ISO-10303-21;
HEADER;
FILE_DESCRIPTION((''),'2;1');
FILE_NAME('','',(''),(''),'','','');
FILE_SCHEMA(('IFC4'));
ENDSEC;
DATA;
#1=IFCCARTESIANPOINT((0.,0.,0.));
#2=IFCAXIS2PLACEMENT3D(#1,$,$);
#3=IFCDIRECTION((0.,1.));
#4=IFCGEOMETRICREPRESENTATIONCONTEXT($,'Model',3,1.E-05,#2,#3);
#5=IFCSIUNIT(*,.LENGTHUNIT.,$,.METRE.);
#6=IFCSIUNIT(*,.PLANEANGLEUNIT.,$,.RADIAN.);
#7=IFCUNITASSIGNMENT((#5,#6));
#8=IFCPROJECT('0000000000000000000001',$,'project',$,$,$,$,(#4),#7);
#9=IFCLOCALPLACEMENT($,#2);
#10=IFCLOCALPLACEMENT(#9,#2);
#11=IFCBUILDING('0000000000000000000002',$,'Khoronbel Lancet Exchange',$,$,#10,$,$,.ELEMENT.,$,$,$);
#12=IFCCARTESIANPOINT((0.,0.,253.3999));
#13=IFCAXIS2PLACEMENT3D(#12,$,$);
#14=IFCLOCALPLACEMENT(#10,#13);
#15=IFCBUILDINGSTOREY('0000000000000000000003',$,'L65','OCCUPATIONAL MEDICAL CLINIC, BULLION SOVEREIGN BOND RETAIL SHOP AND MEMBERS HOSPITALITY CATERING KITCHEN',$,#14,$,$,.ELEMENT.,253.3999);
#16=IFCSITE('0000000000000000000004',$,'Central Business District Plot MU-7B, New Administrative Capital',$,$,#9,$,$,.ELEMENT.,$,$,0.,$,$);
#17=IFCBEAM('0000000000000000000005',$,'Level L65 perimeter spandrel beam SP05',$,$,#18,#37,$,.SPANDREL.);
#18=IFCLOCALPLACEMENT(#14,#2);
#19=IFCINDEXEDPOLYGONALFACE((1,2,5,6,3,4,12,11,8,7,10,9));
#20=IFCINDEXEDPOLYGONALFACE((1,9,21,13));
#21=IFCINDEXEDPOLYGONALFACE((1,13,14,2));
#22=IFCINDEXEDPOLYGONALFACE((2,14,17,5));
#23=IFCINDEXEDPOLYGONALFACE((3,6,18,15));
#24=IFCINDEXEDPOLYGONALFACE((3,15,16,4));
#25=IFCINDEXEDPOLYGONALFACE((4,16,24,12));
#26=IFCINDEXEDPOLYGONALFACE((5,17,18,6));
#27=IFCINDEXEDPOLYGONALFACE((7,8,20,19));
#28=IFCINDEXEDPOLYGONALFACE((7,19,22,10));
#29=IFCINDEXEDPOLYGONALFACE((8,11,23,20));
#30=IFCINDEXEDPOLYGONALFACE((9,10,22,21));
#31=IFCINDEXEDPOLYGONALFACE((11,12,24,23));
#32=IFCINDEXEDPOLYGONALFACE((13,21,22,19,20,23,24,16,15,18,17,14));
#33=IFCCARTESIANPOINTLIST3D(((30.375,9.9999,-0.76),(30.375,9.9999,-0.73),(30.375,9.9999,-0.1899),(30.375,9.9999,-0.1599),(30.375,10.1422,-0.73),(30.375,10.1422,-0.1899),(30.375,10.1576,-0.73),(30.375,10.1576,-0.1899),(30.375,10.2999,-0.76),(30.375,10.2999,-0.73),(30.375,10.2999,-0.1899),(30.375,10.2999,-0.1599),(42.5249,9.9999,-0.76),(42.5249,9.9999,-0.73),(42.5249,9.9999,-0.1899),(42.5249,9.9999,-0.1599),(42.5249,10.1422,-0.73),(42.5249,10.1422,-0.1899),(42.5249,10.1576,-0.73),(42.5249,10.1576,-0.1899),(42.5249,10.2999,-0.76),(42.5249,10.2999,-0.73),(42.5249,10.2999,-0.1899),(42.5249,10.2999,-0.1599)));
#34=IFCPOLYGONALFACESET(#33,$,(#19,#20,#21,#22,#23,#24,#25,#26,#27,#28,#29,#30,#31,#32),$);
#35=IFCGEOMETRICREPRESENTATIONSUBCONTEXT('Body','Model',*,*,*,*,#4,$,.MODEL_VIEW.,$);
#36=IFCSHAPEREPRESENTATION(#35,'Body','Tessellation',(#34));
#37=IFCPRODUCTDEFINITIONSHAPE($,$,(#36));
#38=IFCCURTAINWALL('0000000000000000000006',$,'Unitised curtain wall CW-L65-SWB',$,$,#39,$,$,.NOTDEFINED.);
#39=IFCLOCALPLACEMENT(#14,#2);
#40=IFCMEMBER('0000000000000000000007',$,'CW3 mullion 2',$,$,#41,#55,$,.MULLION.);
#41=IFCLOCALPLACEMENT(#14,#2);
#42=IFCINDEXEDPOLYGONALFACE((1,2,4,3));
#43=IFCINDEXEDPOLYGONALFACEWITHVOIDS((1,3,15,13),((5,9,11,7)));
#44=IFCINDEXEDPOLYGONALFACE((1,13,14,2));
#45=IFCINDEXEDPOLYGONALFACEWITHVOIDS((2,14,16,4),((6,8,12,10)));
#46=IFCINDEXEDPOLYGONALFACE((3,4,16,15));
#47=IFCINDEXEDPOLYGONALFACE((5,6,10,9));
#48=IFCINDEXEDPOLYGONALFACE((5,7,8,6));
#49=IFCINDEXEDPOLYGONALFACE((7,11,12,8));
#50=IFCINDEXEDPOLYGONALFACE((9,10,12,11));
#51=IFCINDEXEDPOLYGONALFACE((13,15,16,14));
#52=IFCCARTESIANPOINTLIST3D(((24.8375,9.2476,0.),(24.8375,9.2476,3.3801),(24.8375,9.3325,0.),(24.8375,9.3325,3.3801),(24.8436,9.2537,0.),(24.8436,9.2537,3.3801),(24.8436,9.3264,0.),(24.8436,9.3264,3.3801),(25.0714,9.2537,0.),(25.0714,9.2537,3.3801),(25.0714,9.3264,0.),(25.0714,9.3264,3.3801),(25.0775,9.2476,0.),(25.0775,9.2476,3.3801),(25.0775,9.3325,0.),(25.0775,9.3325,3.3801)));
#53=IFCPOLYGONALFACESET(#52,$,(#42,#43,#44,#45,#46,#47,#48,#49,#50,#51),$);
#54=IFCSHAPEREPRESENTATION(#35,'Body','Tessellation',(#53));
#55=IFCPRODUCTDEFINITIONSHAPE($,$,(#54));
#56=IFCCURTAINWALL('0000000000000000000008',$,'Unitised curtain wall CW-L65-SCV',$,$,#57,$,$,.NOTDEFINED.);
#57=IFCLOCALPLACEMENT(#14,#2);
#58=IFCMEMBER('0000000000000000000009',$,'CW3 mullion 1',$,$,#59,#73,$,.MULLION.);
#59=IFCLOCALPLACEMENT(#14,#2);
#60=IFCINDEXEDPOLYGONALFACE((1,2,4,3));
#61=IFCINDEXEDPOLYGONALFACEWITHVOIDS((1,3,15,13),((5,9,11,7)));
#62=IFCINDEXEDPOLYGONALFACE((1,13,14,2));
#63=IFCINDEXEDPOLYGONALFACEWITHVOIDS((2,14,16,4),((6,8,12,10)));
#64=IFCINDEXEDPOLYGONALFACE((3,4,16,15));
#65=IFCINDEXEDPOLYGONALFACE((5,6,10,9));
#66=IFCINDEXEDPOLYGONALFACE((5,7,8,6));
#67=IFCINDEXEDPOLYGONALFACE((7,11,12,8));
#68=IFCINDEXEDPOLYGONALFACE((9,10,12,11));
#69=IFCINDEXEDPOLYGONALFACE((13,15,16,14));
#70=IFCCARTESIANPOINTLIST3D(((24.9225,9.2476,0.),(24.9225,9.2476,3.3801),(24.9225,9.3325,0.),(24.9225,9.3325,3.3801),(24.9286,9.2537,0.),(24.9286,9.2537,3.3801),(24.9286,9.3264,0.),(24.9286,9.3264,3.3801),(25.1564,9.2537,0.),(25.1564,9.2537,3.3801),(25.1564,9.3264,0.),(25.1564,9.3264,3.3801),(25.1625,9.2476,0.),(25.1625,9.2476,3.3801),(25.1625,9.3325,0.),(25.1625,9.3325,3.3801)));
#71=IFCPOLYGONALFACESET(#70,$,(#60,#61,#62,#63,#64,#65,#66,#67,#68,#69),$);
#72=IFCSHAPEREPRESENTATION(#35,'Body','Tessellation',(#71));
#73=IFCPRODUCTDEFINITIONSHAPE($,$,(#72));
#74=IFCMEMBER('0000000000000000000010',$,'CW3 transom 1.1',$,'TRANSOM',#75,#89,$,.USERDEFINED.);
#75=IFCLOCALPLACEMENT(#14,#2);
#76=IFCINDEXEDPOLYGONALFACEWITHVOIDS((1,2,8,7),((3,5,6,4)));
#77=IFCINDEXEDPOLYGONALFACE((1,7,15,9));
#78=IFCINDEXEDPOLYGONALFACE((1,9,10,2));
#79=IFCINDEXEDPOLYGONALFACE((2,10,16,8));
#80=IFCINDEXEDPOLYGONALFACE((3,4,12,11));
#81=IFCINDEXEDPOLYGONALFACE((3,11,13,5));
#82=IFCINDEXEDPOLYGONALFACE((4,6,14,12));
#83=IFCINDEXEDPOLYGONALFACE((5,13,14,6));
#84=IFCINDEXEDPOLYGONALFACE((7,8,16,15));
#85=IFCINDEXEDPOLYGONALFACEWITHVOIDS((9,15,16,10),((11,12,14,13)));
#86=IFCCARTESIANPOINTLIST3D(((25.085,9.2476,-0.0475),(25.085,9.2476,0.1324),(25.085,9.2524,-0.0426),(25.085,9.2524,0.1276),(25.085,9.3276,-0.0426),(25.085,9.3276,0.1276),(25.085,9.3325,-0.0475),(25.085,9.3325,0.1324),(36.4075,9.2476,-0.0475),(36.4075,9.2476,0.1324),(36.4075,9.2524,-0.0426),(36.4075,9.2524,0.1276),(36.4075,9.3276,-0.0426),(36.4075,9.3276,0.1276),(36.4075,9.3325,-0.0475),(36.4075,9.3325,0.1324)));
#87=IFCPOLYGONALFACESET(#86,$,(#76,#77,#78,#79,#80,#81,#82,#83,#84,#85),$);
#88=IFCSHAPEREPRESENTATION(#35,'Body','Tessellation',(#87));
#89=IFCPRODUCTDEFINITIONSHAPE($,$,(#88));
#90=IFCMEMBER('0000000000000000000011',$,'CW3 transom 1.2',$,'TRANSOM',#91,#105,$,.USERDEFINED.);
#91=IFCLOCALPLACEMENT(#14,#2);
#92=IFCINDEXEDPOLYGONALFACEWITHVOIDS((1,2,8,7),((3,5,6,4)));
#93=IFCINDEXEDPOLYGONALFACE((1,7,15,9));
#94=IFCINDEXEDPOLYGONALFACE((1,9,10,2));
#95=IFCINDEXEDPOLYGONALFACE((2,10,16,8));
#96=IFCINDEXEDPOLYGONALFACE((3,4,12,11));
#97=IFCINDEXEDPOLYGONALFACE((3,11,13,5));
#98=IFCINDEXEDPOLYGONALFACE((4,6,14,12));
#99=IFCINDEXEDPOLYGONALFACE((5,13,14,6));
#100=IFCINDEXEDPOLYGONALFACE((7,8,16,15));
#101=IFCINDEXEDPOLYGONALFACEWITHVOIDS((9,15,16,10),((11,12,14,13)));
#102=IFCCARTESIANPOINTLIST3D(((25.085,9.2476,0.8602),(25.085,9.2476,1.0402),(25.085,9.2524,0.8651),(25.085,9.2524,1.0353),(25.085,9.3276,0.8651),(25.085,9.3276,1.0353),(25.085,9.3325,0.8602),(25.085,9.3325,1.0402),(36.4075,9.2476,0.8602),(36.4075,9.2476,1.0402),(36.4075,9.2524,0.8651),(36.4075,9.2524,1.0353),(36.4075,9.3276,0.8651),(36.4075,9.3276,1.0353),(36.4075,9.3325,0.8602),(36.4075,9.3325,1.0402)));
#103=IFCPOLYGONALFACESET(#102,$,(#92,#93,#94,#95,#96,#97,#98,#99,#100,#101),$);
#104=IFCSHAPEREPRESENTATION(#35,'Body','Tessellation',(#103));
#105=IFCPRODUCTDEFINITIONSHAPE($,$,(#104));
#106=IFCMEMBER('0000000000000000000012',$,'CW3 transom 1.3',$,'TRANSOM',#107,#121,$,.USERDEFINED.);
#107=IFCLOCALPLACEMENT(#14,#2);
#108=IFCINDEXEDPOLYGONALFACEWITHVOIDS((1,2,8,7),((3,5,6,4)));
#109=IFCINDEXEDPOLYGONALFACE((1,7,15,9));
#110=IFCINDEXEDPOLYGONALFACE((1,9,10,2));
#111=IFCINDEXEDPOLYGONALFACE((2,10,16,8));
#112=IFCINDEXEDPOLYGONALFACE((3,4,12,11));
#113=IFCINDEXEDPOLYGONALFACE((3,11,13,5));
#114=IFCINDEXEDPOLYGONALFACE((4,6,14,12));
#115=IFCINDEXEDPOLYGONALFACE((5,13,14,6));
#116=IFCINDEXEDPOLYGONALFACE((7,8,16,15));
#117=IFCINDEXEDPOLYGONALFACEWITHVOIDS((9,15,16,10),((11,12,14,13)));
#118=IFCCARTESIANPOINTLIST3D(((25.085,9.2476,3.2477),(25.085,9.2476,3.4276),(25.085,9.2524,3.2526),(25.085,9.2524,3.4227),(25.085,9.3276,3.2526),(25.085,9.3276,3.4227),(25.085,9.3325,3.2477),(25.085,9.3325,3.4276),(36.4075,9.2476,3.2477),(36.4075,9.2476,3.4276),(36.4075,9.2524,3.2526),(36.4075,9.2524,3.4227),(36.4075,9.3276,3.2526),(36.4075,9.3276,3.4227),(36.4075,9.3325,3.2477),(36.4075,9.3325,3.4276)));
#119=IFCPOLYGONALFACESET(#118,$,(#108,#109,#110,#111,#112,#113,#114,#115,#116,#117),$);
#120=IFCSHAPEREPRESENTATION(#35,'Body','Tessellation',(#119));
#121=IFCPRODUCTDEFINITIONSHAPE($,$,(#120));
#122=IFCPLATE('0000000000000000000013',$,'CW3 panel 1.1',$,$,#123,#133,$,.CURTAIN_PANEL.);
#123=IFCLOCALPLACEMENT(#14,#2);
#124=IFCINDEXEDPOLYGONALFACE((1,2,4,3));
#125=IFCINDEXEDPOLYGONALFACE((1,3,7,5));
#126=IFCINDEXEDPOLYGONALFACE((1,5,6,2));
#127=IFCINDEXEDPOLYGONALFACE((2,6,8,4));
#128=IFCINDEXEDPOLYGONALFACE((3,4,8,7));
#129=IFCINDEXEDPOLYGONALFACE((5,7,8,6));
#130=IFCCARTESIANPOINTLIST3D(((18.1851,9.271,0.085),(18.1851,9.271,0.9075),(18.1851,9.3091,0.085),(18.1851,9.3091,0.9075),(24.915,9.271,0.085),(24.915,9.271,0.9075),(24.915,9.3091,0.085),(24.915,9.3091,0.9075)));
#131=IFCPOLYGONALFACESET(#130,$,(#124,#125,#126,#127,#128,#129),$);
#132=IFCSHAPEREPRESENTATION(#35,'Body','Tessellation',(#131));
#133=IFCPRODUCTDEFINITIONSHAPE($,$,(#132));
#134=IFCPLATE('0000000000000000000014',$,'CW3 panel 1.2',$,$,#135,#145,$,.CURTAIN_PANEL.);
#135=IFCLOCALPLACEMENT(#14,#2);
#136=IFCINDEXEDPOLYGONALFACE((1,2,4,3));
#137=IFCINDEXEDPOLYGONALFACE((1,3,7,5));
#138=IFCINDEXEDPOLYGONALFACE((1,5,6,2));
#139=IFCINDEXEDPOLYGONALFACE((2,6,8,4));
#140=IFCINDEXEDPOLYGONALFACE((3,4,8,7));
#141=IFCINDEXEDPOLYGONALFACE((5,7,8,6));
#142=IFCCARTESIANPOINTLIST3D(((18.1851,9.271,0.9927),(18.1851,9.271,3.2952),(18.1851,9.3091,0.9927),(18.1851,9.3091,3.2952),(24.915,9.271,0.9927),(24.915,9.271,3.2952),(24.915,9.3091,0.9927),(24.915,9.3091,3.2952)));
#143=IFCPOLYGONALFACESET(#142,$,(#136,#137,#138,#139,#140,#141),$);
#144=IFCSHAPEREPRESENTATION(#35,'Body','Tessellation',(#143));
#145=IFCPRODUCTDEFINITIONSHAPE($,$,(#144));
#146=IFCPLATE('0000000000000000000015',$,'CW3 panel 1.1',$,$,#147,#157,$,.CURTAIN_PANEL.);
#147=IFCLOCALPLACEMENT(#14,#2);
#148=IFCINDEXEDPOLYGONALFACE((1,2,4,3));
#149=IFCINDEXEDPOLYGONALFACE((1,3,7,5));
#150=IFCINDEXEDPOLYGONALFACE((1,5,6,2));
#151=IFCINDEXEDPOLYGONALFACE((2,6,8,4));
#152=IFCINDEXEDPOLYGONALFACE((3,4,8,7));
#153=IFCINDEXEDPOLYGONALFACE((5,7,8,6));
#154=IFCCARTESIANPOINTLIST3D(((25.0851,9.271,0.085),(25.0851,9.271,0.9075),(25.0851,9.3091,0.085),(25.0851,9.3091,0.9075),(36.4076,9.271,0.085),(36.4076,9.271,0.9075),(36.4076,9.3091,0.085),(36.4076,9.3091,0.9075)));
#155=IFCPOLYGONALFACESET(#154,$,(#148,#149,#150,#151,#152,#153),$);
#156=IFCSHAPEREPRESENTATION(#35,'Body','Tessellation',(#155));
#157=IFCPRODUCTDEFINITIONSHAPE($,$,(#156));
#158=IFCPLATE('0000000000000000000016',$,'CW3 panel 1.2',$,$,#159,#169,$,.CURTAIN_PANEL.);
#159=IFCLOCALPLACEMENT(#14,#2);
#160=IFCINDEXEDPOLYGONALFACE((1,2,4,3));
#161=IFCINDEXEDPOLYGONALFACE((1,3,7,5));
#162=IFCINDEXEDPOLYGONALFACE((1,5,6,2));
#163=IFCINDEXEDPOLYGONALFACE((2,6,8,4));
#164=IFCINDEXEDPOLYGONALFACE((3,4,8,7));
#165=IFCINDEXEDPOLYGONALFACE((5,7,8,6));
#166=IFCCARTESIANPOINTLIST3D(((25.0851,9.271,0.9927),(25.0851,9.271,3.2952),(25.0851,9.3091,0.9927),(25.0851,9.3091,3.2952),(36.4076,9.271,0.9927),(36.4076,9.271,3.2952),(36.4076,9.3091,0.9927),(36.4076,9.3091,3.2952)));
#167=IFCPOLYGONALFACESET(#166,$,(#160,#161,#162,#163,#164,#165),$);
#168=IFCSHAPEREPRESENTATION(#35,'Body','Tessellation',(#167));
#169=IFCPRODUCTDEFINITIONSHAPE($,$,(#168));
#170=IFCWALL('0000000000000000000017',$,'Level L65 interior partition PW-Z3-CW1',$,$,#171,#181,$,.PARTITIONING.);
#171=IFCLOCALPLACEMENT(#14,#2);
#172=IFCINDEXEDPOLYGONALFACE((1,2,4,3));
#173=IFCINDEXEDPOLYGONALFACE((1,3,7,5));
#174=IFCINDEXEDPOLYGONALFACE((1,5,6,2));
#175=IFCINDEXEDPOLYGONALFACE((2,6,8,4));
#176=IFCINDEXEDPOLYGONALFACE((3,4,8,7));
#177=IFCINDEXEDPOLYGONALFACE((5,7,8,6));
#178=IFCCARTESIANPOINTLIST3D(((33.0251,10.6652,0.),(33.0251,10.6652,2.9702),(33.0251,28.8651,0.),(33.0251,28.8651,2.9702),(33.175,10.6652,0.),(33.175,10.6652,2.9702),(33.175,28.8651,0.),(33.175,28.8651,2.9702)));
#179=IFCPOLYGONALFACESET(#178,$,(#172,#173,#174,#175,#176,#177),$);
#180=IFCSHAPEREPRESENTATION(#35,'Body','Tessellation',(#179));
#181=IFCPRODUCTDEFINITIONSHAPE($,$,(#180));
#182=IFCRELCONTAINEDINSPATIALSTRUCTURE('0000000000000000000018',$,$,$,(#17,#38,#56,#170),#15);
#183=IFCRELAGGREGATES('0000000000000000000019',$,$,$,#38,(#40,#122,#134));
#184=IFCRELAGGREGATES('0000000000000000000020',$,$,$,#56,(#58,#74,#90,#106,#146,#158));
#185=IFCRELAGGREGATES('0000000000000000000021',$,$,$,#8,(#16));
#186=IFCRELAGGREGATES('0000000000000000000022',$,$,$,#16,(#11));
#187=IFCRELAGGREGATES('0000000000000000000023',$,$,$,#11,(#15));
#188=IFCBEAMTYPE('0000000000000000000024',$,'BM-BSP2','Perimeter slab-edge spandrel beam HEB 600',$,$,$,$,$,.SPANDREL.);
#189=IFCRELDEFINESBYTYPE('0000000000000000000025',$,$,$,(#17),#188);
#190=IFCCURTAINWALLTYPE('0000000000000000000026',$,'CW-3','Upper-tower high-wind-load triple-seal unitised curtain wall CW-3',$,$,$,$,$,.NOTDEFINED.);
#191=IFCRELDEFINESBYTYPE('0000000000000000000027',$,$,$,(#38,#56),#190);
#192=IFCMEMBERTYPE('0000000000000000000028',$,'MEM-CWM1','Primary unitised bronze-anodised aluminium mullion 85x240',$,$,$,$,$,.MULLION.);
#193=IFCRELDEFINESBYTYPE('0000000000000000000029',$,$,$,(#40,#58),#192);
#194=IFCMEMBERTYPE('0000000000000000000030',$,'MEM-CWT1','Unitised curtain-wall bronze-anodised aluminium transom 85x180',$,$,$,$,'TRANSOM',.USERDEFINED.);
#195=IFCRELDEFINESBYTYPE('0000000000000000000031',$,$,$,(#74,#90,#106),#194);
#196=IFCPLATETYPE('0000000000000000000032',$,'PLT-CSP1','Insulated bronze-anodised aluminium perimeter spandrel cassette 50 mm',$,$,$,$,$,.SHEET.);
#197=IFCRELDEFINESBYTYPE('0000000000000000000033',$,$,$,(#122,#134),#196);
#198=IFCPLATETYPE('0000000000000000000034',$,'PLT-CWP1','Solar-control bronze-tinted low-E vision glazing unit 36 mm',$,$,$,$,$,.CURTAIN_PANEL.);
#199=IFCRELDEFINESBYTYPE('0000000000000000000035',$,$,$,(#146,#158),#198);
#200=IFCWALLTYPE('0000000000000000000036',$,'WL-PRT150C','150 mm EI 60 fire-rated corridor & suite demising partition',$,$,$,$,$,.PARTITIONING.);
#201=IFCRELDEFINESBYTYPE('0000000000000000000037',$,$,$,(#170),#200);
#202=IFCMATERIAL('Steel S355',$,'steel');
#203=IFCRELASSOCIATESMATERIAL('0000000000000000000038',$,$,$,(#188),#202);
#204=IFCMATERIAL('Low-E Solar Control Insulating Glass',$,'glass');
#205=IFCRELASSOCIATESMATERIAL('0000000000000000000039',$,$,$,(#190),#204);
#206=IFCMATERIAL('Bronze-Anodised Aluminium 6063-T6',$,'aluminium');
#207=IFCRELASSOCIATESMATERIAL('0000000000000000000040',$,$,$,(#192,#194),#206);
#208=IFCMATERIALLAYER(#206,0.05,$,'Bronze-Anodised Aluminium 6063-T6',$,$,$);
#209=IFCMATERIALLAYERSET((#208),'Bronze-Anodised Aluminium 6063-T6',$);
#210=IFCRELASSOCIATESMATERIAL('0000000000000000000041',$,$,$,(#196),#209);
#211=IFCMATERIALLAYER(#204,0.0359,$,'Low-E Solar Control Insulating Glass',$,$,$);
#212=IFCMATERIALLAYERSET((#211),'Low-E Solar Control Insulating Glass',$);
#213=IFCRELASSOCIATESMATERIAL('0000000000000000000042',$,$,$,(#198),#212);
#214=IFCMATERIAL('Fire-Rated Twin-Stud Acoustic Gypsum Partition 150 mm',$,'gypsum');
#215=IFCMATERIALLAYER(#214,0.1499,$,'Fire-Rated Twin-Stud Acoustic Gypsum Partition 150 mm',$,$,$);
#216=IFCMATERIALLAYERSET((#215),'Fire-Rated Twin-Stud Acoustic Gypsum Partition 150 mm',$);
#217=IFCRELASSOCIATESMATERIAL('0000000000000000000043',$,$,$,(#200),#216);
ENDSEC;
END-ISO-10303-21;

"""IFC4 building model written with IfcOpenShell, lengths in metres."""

from ifc_helpers import new_model, si_unit, direction, frame, frame_2d, origin, origin_2d, place, context, subcontext, project, spatial, rectangle, hollow_rectangle, i_section, extrude, material, layer, layer_set, material_profile, profile_set, type_object, element, aggregate, save


model = new_model("IFC4")

# Units and contexts
model_context = context("Model", 3, precision=1e-05, world=origin(), true_north=direction((0.0, 1.0)))
body_context = subcontext(model_context, "Body", "Model", "MODEL_VIEW")
ifc_project = project(units=[si_unit("LENGTHUNIT", "METRE"), si_unit("PLANEANGLEUNIT", "RADIAN")], contexts=[model_context])

# Site, building, storey
site_placement = place(None, origin())
site = spatial("IfcSite", under=ifc_project, at=site_placement, Name="Central Business District Plot MU-7B, New Administrative Capital", CompositionType="ELEMENT", RefElevation=0.0)
building_placement = place(site_placement, origin())
building = spatial("IfcBuilding", under=site, at=building_placement, Name="Khoronbel Lancet Exchange", CompositionType="ELEMENT")
storey_placement = place(building_placement, frame((0.0, 0.0, 253.3999)))
storey = spatial("IfcBuildingStorey", under=building, at=storey_placement, Name="L65", Description="OCCUPATIONAL MEDICAL CLINIC, BULLION SOVEREIGN BOND RETAIL SHOP AND MEMBERS HOSPITALITY CATERING KITCHEN", CompositionType="ELEMENT", Elevation=253.3999)

# Beam
ifc_material_1 = material(Name="Steel S355", Category="steel")
ifc_material_profile_1 = material_profile(ifc_material_1, i_section(OverallWidth=0.3, OverallDepth=0.6001, WebThickness=0.0154, FlangeThickness=0.03, at=origin_2d()), Name="HEB 600")
ifc_profile_set_1 = profile_set([ifc_material_profile_1], Name="Steel S355")
beam_type_1 = type_object("IfcBeamType", Name="BM-BSP2", Description="Perimeter slab-edge spandrel beam HEB 600", PredefinedType="SPANDREL", material=ifc_profile_set_1)
beam_1_placement = place(storey_placement, frame((30.375, 10.1499, -0.46), z_axis=(1.0, 0.0, 0.0), x_axis=(0.0, 1.0, 0.0)))
element("IfcBeam", 1, at=beam_1_placement, inside=storey, type_object=beam_type_1, Name="Level L65 perimeter spandrel beam SP05", PredefinedType="SPANDREL", context=body_context, shape_type="SweptSolid", body=[
    extrude(i_section(OverallWidth=0.3, OverallDepth=0.6001, WebThickness=0.0154, FlangeThickness=0.03, at=origin_2d()), origin(), (0.0, 0.0, 1.0), 12.1499),
])

# Curtain wall, member
ifc_material_2 = material(Name="Low-E Solar Control Insulating Glass", Category="glass")
curtain_wall_type = type_object("IfcCurtainWallType", Name="CW-3", Description="Upper-tower high-wind-load triple-seal unitised curtain wall CW-3", PredefinedType="NOTDEFINED", material=ifc_material_2)
curtain_wall_1_placement = place(storey_placement, origin())
curtain_wall_1 = element("IfcCurtainWall", 2, at=curtain_wall_1_placement, inside=storey, type_object=curtain_wall_type, Name="Unitised curtain wall CW-L65-SWB", PredefinedType="NOTDEFINED")
ifc_material_3 = material(Name="Bronze-Anodised Aluminium 6063-T6", Category="aluminium")
ifc_material_profile_2 = material_profile(ifc_material_3, hollow_rectangle(XDim=0.085, YDim=0.24, WallThickness=0.0061, at=origin_2d()), Name="ALU MULLION 85x240")
ifc_profile_set_2 = profile_set([ifc_material_profile_2], Name="Bronze-Anodised Aluminium 6063-T6")
member_type_1 = type_object("IfcMemberType", Name="MEM-CWM1", Description="Primary unitised bronze-anodised aluminium mullion 85x240", PredefinedType="MULLION", material=ifc_profile_set_2)
member_1_placement = place(storey_placement, frame((24.9575, 9.29, 0.0), z_axis=(0.0, 0.0, 1.0), x_axis=(0.0, 1.0, 0.0)))
member_1 = element("IfcMember", 3, at=member_1_placement, type_object=member_type_1, Name="CW3 mullion 2", PredefinedType="MULLION", context=body_context, shape_type="SweptSolid", body=[
    extrude(hollow_rectangle(XDim=0.085, YDim=0.24, WallThickness=0.0061, at=origin_2d()), origin(), (0.0, 0.0, 1.0), 3.3801),
])

# Curtain wall, members
curtain_wall_2_placement = place(storey_placement, origin())
curtain_wall_2 = element("IfcCurtainWall", 4, at=curtain_wall_2_placement, inside=storey, type_object=curtain_wall_type, Name="Unitised curtain wall CW-L65-SCV", PredefinedType="NOTDEFINED")
member_2_placement = place(storey_placement, frame((25.0425, 9.29, 0.0), z_axis=(0.0, 0.0, 1.0), x_axis=(0.0, 1.0, 0.0)))
member_2 = element("IfcMember", 5, at=member_2_placement, type_object=member_type_1, Name="CW3 mullion 1", PredefinedType="MULLION", context=body_context, shape_type="SweptSolid", body=[
    extrude(hollow_rectangle(XDim=0.085, YDim=0.24, WallThickness=0.0061, at=origin_2d()), origin(), (0.0, 0.0, 1.0), 3.3801),
])
ifc_material_profile_3 = material_profile(ifc_material_3, hollow_rectangle(XDim=0.085, YDim=0.1799, WallThickness=0.0049, at=origin_2d()), Name="ALU TRANSOM 85x180")
ifc_profile_set_3 = profile_set([ifc_material_profile_3], Name="Bronze-Anodised Aluminium 6063-T6")
member_type_2 = type_object("IfcMemberType", Name="MEM-CWT1", Description="Unitised curtain-wall bronze-anodised aluminium transom 85x180", ElementType="TRANSOM", PredefinedType="USERDEFINED", material=ifc_profile_set_3)
member_3_placement = place(storey_placement, frame((25.085, 9.29, 0.0425), z_axis=(1.0, 0.0, 0.0), x_axis=(0.0, 1.0, 0.0)))
member_3 = element("IfcMember", 6, at=member_3_placement, type_object=member_type_2, Name="CW3 transom 1.1", ObjectType="TRANSOM", PredefinedType="USERDEFINED", context=body_context, shape_type="SweptSolid", body=[
    extrude(hollow_rectangle(XDim=0.085, YDim=0.1799, WallThickness=0.0049, at=origin_2d()), origin(), (0.0, 0.0, 1.0), 11.3225),
])
member_4_placement = place(storey_placement, frame((25.085, 9.29, 0.9502), z_axis=(1.0, 0.0, 0.0), x_axis=(0.0, 1.0, 0.0)))
member_4 = element("IfcMember", 7, at=member_4_placement, type_object=member_type_2, Name="CW3 transom 1.2", ObjectType="TRANSOM", PredefinedType="USERDEFINED", context=body_context, shape_type="SweptSolid", body=[
    extrude(hollow_rectangle(XDim=0.085, YDim=0.1799, WallThickness=0.0049, at=origin_2d()), origin(), (0.0, 0.0, 1.0), 11.3225),
])
member_5_placement = place(storey_placement, frame((25.085, 9.29, 3.3376), z_axis=(1.0, 0.0, 0.0), x_axis=(0.0, 1.0, 0.0)))
member_5 = element("IfcMember", 8, at=member_5_placement, type_object=member_type_2, Name="CW3 transom 1.3", ObjectType="TRANSOM", PredefinedType="USERDEFINED", context=body_context, shape_type="SweptSolid", body=[
    extrude(hollow_rectangle(XDim=0.085, YDim=0.1799, WallThickness=0.0049, at=origin_2d()), origin(), (0.0, 0.0, 1.0), 11.3225),
])

# Plates
ifc_layer_1 = layer(ifc_material_3, 0.05, Name="Bronze-Anodised Aluminium 6063-T6")
ifc_layer_set_1 = layer_set([ifc_layer_1], Name="Bronze-Anodised Aluminium 6063-T6")
plate_type_1 = type_object("IfcPlateType", Name="PLT-CSP1", Description="Insulated bronze-anodised aluminium perimeter spandrel cassette 50 mm", PredefinedType="SHEET", material=ifc_layer_set_1)
plate_1_placement = place(storey_placement, frame((21.55, 9.29, 0.085), z_axis=(0.0, 0.0, 1.0), x_axis=(1.0, 0.0, 0.0)))
plate_1 = element("IfcPlate", 9, at=plate_1_placement, type_object=plate_type_1, Name="CW3 panel 1.1", PredefinedType="CURTAIN_PANEL", context=body_context, shape_type="SweptSolid", body=[
    extrude(rectangle(XDim=6.73, YDim=0.0381, at=origin_2d()), origin(), (0.0, 0.0, 1.0), 0.8225),
])
plate_2_placement = place(storey_placement, frame((21.55, 9.29, 0.9927), z_axis=(0.0, 0.0, 1.0), x_axis=(1.0, 0.0, 0.0)))
plate_2 = element("IfcPlate", 10, at=plate_2_placement, type_object=plate_type_1, Name="CW3 panel 1.2", PredefinedType="CURTAIN_PANEL", context=body_context, shape_type="SweptSolid", body=[
    extrude(rectangle(XDim=6.73, YDim=0.0381, at=origin_2d()), origin(), (0.0, 0.0, 1.0), 2.3025),
])
aggregate(curtain_wall_1, [member_1, plate_1, plate_2])
ifc_layer_2 = layer(ifc_material_2, 0.0359, Name="Low-E Solar Control Insulating Glass")
ifc_layer_set_2 = layer_set([ifc_layer_2], Name="Low-E Solar Control Insulating Glass")
plate_type_2 = type_object("IfcPlateType", Name="PLT-CWP1", Description="Solar-control bronze-tinted low-E vision glazing unit 36 mm", PredefinedType="CURTAIN_PANEL", material=ifc_layer_set_2)
plate_3_placement = place(storey_placement, frame((30.7463, 9.29, 0.085), z_axis=(0.0, 0.0, 1.0), x_axis=(1.0, 0.0, 0.0)))
plate_3 = element("IfcPlate", 11, at=plate_3_placement, type_object=plate_type_2, Name="CW3 panel 1.1", PredefinedType="CURTAIN_PANEL", context=body_context, shape_type="SweptSolid", body=[
    extrude(rectangle(XDim=11.3225, YDim=0.0381, at=origin_2d()), origin(), (0.0, 0.0, 1.0), 0.8225),
])
plate_4_placement = place(storey_placement, frame((30.7463, 9.29, 0.9927), z_axis=(0.0, 0.0, 1.0), x_axis=(1.0, 0.0, 0.0)))
plate_4 = element("IfcPlate", 12, at=plate_4_placement, type_object=plate_type_2, Name="CW3 panel 1.2", PredefinedType="CURTAIN_PANEL", context=body_context, shape_type="SweptSolid", body=[
    extrude(rectangle(XDim=11.3225, YDim=0.0381, at=origin_2d()), origin(), (0.0, 0.0, 1.0), 2.3025),
])
aggregate(curtain_wall_2, [member_2, member_3, member_4, member_5, plate_3, plate_4])

# Wall
ifc_material_4 = material(Name="Fire-Rated Twin-Stud Acoustic Gypsum Partition 150 mm", Category="gypsum")
ifc_layer_3 = layer(ifc_material_4, 0.1499, Name="Fire-Rated Twin-Stud Acoustic Gypsum Partition 150 mm")
ifc_layer_set_3 = layer_set([ifc_layer_3], Name="Fire-Rated Twin-Stud Acoustic Gypsum Partition 150 mm")
wall_type = type_object("IfcWallType", Name="WL-PRT150C", Description="150 mm EI 60 fire-rated corridor & suite demising partition", PredefinedType="PARTITIONING", material=ifc_layer_set_3)
for number, where, z_axis, x_axis, name in (
    (13, (33.1001, 10.665, 0.0), (0.0, 0.0, 1.0), (0.0, 1.0, 0.0), "Level L65 interior partition PW-Z3-CW1"),
):
    element("IfcWall", number, at=place(storey_placement, frame(where, z_axis=z_axis, x_axis=x_axis)), inside=storey, type_object=wall_type, Name=name, PredefinedType="PARTITIONING", context=body_context, shape_type="SweptSolid", body=[
        extrude(rectangle(XDim=18.2, YDim=0.1499, at=frame_2d((9.1001, 0.0))), origin(), (0.0, 0.0, 1.0), 2.9702),
    ])

save(model, "model.ifc")
